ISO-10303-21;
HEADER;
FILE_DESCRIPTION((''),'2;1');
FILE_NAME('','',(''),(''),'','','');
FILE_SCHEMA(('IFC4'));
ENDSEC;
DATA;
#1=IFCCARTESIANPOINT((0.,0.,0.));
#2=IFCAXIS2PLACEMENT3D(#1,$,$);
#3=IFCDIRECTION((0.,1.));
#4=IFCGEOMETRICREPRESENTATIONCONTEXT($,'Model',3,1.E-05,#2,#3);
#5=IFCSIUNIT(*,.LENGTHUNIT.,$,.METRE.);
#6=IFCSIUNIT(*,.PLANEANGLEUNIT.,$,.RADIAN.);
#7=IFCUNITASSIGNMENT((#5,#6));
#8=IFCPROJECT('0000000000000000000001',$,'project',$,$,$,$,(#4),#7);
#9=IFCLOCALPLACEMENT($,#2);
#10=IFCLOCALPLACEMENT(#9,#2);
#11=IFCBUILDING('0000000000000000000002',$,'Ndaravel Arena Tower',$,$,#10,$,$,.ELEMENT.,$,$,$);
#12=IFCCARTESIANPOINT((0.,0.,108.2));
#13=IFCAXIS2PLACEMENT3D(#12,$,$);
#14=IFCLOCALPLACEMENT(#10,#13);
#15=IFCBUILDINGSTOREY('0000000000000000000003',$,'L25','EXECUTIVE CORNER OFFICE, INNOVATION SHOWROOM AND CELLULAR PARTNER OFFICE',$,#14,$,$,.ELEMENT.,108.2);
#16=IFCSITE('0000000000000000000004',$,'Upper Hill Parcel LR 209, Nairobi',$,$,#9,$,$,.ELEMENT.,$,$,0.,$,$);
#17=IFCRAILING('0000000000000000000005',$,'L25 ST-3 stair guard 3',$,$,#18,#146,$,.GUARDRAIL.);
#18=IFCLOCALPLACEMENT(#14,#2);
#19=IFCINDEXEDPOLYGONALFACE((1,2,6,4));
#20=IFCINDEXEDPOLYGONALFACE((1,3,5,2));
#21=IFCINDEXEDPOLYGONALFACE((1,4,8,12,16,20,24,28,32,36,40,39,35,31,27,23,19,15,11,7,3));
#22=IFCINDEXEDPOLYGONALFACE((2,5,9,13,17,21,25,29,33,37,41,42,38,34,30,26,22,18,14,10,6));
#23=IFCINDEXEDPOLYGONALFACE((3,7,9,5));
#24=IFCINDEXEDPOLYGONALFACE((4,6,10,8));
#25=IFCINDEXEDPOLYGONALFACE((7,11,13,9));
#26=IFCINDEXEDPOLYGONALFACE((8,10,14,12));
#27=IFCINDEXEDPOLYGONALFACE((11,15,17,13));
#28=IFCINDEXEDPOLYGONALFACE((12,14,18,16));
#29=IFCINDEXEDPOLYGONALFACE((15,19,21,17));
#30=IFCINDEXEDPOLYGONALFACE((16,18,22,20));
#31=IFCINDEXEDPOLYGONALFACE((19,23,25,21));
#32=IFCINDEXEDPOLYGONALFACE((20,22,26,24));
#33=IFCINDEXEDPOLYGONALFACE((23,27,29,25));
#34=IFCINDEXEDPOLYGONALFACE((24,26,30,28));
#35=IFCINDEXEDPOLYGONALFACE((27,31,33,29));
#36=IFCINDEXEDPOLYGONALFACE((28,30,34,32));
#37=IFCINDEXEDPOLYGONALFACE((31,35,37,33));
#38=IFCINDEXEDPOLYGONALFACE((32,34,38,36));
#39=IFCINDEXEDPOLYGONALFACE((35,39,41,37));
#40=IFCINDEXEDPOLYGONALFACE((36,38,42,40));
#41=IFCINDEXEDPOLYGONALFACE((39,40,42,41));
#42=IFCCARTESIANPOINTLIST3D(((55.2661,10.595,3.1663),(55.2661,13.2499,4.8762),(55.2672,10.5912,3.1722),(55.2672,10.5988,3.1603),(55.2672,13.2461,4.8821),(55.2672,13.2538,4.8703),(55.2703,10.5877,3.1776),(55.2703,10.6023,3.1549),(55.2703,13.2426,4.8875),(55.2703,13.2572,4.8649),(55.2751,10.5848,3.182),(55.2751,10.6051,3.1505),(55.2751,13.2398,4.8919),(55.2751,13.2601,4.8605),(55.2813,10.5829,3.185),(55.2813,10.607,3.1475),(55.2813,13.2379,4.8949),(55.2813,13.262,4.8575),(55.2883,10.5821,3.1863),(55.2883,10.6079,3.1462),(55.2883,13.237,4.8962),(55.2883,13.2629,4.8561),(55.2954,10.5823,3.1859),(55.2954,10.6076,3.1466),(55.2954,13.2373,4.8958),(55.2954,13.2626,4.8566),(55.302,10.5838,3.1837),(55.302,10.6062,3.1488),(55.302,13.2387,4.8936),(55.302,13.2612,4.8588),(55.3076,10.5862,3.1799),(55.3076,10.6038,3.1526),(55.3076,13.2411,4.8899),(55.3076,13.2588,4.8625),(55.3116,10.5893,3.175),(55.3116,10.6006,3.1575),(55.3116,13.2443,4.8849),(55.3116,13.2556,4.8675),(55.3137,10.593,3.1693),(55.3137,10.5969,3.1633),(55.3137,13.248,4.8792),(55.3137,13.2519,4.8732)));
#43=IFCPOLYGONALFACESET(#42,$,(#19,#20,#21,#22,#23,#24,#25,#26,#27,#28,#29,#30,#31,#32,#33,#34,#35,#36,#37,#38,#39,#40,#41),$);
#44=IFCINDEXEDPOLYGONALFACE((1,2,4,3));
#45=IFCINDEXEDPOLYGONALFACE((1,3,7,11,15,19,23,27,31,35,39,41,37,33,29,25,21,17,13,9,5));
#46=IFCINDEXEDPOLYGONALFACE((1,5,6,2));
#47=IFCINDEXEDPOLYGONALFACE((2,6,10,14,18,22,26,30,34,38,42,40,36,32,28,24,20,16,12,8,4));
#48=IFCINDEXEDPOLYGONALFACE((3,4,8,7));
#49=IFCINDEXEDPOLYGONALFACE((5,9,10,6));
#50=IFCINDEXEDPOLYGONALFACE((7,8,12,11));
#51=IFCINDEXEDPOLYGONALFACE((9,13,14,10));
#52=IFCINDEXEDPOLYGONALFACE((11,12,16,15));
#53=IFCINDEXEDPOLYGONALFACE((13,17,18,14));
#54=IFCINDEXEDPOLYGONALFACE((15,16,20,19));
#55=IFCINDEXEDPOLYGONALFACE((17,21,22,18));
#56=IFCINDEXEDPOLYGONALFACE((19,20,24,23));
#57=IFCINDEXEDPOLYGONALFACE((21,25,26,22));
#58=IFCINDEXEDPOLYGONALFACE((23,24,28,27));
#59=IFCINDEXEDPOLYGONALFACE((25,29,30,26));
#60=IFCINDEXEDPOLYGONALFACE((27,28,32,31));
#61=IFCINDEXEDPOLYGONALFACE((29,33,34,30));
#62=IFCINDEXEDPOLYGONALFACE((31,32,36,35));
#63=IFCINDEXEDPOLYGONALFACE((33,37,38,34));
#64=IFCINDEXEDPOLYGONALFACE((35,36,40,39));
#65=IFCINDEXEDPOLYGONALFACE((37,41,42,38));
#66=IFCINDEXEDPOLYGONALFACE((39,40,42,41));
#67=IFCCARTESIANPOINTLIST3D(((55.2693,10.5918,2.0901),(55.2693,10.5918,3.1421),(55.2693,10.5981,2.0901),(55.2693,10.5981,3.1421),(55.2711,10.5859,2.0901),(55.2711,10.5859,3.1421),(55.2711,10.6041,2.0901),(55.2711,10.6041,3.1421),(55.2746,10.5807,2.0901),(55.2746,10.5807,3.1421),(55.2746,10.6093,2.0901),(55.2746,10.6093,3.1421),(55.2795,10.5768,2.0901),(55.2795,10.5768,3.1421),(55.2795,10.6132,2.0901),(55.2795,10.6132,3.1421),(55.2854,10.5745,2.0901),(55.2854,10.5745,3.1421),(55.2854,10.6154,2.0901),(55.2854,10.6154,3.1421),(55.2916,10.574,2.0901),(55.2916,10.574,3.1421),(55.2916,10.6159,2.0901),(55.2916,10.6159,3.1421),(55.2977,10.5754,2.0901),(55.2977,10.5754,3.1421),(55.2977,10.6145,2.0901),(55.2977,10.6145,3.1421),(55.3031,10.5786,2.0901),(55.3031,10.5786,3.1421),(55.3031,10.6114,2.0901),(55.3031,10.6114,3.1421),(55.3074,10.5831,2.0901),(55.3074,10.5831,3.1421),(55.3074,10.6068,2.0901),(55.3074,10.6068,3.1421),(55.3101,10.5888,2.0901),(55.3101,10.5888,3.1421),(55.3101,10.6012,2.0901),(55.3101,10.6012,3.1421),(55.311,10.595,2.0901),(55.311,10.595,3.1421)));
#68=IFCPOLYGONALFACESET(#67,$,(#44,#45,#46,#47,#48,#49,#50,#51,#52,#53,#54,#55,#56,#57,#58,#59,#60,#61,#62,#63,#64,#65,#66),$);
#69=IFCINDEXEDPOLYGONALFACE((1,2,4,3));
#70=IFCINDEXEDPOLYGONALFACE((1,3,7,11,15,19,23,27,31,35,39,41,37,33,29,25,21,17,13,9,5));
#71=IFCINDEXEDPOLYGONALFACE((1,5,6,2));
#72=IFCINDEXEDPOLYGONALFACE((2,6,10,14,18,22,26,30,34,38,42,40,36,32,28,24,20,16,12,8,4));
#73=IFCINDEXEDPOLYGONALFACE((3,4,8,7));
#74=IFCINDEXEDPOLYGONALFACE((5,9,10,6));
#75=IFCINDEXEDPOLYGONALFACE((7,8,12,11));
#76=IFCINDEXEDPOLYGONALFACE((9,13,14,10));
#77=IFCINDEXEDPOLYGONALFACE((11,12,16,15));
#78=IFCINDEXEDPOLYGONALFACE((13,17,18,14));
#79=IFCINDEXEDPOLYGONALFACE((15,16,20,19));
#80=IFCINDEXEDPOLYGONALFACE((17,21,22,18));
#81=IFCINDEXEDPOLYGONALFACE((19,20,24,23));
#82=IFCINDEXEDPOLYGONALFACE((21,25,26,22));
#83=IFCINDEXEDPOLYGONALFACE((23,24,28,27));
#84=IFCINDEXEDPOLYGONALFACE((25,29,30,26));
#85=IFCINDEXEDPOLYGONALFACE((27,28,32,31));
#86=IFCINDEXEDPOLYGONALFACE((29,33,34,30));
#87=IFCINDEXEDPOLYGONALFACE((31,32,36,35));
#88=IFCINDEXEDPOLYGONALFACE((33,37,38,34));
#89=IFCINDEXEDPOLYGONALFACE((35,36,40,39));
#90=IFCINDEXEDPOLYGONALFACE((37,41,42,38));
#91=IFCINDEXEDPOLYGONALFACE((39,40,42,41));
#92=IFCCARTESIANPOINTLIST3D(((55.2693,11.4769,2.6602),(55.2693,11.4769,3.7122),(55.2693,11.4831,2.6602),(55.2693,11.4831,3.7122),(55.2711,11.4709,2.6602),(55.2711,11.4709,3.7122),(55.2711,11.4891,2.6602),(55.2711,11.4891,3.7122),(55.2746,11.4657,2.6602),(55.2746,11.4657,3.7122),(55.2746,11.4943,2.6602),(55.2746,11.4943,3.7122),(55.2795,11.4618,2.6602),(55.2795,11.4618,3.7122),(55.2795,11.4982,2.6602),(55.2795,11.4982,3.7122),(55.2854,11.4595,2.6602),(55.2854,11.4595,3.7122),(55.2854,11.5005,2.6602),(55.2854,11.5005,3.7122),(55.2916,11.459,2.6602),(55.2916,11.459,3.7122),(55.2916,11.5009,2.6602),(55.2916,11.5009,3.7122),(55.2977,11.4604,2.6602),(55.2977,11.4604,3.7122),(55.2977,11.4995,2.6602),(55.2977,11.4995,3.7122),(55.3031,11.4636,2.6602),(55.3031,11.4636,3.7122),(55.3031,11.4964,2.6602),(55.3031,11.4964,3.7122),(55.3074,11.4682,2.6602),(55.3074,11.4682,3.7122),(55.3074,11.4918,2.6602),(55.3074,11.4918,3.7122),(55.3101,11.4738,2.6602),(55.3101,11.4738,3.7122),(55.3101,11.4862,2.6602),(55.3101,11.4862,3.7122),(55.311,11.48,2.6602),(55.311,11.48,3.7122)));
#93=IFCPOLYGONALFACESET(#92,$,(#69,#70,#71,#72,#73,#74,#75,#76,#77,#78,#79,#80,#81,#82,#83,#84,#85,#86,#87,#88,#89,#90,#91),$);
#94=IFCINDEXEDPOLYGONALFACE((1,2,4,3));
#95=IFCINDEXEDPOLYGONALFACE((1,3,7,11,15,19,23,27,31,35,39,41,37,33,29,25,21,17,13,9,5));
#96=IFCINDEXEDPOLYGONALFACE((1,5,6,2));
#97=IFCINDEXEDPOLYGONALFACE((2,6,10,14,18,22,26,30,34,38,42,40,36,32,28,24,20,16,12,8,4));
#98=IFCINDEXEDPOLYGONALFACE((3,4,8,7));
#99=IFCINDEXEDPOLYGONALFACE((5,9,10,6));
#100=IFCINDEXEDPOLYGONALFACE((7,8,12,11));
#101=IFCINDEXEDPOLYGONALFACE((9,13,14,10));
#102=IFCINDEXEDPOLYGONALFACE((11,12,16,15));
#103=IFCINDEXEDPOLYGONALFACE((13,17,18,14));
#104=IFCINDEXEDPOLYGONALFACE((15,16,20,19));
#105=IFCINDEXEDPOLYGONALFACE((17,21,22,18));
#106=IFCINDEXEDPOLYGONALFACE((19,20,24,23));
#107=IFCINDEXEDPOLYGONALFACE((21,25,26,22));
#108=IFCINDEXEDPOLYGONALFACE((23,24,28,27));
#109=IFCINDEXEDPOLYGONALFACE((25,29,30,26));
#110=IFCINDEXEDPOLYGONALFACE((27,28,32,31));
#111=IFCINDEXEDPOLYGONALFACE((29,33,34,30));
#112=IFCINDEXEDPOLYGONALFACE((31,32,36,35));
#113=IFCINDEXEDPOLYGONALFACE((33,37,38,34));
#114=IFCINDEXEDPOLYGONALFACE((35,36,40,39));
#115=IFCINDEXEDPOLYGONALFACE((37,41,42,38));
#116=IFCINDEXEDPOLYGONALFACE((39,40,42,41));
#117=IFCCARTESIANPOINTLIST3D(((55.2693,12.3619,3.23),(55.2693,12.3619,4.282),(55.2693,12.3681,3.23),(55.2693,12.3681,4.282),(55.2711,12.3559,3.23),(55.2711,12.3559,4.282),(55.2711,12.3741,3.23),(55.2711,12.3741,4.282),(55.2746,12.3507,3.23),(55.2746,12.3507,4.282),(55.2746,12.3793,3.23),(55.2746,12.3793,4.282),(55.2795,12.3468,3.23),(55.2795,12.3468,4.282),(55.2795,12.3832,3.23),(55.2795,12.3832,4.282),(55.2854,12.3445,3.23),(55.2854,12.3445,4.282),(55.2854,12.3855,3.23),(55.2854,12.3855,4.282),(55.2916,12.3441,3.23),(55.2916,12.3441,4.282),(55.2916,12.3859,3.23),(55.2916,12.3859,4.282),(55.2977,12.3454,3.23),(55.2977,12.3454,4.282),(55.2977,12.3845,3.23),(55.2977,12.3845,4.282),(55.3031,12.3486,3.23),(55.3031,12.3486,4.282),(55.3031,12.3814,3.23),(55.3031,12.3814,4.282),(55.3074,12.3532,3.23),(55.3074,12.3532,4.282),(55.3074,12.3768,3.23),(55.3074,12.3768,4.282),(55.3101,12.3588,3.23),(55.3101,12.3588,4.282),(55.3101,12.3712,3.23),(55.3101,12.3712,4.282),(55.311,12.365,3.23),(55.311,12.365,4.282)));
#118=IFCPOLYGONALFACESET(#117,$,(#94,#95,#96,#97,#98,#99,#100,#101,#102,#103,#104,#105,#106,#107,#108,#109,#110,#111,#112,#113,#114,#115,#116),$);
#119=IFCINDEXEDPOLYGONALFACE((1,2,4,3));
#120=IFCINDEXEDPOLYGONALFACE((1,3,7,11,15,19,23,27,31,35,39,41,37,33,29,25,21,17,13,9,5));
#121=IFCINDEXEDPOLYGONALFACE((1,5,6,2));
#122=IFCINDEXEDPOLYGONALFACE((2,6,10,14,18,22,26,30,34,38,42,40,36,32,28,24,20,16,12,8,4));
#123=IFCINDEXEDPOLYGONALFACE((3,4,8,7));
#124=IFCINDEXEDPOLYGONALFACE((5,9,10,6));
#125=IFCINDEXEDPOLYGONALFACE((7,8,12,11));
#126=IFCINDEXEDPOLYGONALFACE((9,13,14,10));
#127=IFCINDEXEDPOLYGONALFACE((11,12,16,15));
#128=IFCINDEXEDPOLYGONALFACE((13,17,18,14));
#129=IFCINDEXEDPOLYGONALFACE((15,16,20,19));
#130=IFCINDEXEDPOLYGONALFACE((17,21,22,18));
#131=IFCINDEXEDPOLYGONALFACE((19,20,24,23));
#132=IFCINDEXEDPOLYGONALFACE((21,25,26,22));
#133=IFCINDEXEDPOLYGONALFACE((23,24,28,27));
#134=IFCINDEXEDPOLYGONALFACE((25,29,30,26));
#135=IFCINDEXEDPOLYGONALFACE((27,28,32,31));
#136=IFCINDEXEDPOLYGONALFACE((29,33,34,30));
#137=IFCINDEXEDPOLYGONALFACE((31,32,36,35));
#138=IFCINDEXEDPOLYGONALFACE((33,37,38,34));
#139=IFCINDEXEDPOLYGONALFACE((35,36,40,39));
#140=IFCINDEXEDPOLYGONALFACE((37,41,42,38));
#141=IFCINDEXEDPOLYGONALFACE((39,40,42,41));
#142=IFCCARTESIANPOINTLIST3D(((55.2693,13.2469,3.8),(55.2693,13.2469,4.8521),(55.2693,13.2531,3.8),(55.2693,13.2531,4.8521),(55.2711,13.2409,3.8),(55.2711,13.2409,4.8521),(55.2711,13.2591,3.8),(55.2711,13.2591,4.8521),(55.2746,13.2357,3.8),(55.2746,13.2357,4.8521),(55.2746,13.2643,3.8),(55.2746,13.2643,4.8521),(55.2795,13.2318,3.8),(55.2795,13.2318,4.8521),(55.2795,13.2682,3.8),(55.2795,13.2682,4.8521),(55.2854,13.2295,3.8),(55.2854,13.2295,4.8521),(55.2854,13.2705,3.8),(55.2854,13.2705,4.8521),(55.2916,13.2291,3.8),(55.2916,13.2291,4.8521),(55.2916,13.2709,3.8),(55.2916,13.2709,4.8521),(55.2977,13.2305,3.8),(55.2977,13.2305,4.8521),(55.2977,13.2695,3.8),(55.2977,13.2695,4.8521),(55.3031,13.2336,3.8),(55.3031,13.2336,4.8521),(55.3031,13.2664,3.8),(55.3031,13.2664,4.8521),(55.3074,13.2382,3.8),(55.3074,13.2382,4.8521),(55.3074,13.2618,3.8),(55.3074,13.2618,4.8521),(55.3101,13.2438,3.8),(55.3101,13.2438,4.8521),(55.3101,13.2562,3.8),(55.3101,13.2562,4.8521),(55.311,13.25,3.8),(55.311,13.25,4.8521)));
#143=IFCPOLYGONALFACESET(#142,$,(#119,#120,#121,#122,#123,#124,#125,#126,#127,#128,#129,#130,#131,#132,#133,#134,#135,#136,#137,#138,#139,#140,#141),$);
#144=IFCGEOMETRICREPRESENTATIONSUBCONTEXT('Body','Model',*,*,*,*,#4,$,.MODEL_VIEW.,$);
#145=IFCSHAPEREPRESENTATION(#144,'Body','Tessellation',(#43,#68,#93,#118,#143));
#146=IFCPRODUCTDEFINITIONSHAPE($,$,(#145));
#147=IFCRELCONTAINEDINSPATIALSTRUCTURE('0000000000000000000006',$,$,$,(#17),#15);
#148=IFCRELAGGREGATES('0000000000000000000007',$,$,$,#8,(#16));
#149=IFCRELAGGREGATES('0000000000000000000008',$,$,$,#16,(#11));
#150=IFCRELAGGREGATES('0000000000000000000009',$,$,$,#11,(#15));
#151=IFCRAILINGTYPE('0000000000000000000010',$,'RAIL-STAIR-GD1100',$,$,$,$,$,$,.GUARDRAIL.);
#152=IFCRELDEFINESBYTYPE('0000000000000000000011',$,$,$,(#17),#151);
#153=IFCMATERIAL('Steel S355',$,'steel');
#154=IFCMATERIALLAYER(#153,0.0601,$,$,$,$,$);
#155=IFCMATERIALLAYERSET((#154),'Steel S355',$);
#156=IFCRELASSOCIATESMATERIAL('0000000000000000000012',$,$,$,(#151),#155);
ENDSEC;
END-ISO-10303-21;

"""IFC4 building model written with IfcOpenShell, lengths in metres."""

from ifc_helpers import new_model, si_unit, direction, frame, origin, origin_2d, place, context, subcontext, project, spatial, circle, extrude, material, layer, layer_set, type_object, element, save


model = new_model("IFC4")

# Units and contexts
model_context = context("Model", 3, precision=1e-05, world=origin(), true_north=direction((0.0, 1.0)))
body_context = subcontext(model_context, "Body", "Model", "MODEL_VIEW")
ifc_project = project(units=[si_unit("LENGTHUNIT", "METRE"), si_unit("PLANEANGLEUNIT", "RADIAN")], contexts=[model_context])

# Site, building, storey
site_placement = place(None, origin())
site = spatial("IfcSite", under=ifc_project, at=site_placement, Name="Upper Hill Parcel LR 209, Nairobi", CompositionType="ELEMENT", RefElevation=0.0)
building_placement = place(site_placement, origin())
building = spatial("IfcBuilding", under=site, at=building_placement, Name="Ndaravel Arena Tower", CompositionType="ELEMENT")
storey_placement = place(building_placement, frame((0.0, 0.0, 108.2)))
storey = spatial("IfcBuildingStorey", under=building, at=storey_placement, Name="L25", Description="EXECUTIVE CORNER OFFICE, INNOVATION SHOWROOM AND CELLULAR PARTNER OFFICE", CompositionType="ELEMENT", Elevation=108.2)

# Railing
ifc_material_1 = material(Name="Steel S355", Category="steel")
ifc_layer_1 = layer(ifc_material_1, 0.0601)
ifc_layer_set_1 = layer_set([ifc_layer_1], Name="Steel S355")
railing_type_1 = type_object("IfcRailingType", Name="RAIL-STAIR-GD1100", PredefinedType="GUARDRAIL", material=ifc_layer_set_1)
railing_1_placement = place(storey_placement, frame((55.29, 10.595, 2.0901)))
element("IfcRailing", 1, at=railing_1_placement, inside=storey, type_object=railing_type_1, Name="L25 ST-3 stair guard 3", PredefinedType="GUARDRAIL", context=body_context, shape_type="SweptSolid", body=[
    extrude(circle(Radius=0.0239, at=origin_2d()), frame((0.0, 0.0, 1.0762), z_axis=(0.0, 0.840724, 0.541465), x_axis=(-1.0, 0.0, 0.0)), (0.0, 0.0, 1.0), 3.158),
    extrude(circle(Radius=0.021, at=origin_2d()), origin(), (0.0, 0.0, 1.0), 1.052),
    extrude(circle(Radius=0.021, at=origin_2d()), frame((0.0, 0.885, 0.5701)), (0.0, 0.0, 1.0), 1.052),
    extrude(circle(Radius=0.021, at=origin_2d()), frame((0.0, 1.77, 1.1399)), (0.0, 0.0, 1.0), 1.052),
    extrude(circle(Radius=0.021, at=origin_2d()), frame((0.0, 2.655, 1.71)), (0.0, 0.0, 1.0), 1.052),
])

save(model, "model.ifc")
